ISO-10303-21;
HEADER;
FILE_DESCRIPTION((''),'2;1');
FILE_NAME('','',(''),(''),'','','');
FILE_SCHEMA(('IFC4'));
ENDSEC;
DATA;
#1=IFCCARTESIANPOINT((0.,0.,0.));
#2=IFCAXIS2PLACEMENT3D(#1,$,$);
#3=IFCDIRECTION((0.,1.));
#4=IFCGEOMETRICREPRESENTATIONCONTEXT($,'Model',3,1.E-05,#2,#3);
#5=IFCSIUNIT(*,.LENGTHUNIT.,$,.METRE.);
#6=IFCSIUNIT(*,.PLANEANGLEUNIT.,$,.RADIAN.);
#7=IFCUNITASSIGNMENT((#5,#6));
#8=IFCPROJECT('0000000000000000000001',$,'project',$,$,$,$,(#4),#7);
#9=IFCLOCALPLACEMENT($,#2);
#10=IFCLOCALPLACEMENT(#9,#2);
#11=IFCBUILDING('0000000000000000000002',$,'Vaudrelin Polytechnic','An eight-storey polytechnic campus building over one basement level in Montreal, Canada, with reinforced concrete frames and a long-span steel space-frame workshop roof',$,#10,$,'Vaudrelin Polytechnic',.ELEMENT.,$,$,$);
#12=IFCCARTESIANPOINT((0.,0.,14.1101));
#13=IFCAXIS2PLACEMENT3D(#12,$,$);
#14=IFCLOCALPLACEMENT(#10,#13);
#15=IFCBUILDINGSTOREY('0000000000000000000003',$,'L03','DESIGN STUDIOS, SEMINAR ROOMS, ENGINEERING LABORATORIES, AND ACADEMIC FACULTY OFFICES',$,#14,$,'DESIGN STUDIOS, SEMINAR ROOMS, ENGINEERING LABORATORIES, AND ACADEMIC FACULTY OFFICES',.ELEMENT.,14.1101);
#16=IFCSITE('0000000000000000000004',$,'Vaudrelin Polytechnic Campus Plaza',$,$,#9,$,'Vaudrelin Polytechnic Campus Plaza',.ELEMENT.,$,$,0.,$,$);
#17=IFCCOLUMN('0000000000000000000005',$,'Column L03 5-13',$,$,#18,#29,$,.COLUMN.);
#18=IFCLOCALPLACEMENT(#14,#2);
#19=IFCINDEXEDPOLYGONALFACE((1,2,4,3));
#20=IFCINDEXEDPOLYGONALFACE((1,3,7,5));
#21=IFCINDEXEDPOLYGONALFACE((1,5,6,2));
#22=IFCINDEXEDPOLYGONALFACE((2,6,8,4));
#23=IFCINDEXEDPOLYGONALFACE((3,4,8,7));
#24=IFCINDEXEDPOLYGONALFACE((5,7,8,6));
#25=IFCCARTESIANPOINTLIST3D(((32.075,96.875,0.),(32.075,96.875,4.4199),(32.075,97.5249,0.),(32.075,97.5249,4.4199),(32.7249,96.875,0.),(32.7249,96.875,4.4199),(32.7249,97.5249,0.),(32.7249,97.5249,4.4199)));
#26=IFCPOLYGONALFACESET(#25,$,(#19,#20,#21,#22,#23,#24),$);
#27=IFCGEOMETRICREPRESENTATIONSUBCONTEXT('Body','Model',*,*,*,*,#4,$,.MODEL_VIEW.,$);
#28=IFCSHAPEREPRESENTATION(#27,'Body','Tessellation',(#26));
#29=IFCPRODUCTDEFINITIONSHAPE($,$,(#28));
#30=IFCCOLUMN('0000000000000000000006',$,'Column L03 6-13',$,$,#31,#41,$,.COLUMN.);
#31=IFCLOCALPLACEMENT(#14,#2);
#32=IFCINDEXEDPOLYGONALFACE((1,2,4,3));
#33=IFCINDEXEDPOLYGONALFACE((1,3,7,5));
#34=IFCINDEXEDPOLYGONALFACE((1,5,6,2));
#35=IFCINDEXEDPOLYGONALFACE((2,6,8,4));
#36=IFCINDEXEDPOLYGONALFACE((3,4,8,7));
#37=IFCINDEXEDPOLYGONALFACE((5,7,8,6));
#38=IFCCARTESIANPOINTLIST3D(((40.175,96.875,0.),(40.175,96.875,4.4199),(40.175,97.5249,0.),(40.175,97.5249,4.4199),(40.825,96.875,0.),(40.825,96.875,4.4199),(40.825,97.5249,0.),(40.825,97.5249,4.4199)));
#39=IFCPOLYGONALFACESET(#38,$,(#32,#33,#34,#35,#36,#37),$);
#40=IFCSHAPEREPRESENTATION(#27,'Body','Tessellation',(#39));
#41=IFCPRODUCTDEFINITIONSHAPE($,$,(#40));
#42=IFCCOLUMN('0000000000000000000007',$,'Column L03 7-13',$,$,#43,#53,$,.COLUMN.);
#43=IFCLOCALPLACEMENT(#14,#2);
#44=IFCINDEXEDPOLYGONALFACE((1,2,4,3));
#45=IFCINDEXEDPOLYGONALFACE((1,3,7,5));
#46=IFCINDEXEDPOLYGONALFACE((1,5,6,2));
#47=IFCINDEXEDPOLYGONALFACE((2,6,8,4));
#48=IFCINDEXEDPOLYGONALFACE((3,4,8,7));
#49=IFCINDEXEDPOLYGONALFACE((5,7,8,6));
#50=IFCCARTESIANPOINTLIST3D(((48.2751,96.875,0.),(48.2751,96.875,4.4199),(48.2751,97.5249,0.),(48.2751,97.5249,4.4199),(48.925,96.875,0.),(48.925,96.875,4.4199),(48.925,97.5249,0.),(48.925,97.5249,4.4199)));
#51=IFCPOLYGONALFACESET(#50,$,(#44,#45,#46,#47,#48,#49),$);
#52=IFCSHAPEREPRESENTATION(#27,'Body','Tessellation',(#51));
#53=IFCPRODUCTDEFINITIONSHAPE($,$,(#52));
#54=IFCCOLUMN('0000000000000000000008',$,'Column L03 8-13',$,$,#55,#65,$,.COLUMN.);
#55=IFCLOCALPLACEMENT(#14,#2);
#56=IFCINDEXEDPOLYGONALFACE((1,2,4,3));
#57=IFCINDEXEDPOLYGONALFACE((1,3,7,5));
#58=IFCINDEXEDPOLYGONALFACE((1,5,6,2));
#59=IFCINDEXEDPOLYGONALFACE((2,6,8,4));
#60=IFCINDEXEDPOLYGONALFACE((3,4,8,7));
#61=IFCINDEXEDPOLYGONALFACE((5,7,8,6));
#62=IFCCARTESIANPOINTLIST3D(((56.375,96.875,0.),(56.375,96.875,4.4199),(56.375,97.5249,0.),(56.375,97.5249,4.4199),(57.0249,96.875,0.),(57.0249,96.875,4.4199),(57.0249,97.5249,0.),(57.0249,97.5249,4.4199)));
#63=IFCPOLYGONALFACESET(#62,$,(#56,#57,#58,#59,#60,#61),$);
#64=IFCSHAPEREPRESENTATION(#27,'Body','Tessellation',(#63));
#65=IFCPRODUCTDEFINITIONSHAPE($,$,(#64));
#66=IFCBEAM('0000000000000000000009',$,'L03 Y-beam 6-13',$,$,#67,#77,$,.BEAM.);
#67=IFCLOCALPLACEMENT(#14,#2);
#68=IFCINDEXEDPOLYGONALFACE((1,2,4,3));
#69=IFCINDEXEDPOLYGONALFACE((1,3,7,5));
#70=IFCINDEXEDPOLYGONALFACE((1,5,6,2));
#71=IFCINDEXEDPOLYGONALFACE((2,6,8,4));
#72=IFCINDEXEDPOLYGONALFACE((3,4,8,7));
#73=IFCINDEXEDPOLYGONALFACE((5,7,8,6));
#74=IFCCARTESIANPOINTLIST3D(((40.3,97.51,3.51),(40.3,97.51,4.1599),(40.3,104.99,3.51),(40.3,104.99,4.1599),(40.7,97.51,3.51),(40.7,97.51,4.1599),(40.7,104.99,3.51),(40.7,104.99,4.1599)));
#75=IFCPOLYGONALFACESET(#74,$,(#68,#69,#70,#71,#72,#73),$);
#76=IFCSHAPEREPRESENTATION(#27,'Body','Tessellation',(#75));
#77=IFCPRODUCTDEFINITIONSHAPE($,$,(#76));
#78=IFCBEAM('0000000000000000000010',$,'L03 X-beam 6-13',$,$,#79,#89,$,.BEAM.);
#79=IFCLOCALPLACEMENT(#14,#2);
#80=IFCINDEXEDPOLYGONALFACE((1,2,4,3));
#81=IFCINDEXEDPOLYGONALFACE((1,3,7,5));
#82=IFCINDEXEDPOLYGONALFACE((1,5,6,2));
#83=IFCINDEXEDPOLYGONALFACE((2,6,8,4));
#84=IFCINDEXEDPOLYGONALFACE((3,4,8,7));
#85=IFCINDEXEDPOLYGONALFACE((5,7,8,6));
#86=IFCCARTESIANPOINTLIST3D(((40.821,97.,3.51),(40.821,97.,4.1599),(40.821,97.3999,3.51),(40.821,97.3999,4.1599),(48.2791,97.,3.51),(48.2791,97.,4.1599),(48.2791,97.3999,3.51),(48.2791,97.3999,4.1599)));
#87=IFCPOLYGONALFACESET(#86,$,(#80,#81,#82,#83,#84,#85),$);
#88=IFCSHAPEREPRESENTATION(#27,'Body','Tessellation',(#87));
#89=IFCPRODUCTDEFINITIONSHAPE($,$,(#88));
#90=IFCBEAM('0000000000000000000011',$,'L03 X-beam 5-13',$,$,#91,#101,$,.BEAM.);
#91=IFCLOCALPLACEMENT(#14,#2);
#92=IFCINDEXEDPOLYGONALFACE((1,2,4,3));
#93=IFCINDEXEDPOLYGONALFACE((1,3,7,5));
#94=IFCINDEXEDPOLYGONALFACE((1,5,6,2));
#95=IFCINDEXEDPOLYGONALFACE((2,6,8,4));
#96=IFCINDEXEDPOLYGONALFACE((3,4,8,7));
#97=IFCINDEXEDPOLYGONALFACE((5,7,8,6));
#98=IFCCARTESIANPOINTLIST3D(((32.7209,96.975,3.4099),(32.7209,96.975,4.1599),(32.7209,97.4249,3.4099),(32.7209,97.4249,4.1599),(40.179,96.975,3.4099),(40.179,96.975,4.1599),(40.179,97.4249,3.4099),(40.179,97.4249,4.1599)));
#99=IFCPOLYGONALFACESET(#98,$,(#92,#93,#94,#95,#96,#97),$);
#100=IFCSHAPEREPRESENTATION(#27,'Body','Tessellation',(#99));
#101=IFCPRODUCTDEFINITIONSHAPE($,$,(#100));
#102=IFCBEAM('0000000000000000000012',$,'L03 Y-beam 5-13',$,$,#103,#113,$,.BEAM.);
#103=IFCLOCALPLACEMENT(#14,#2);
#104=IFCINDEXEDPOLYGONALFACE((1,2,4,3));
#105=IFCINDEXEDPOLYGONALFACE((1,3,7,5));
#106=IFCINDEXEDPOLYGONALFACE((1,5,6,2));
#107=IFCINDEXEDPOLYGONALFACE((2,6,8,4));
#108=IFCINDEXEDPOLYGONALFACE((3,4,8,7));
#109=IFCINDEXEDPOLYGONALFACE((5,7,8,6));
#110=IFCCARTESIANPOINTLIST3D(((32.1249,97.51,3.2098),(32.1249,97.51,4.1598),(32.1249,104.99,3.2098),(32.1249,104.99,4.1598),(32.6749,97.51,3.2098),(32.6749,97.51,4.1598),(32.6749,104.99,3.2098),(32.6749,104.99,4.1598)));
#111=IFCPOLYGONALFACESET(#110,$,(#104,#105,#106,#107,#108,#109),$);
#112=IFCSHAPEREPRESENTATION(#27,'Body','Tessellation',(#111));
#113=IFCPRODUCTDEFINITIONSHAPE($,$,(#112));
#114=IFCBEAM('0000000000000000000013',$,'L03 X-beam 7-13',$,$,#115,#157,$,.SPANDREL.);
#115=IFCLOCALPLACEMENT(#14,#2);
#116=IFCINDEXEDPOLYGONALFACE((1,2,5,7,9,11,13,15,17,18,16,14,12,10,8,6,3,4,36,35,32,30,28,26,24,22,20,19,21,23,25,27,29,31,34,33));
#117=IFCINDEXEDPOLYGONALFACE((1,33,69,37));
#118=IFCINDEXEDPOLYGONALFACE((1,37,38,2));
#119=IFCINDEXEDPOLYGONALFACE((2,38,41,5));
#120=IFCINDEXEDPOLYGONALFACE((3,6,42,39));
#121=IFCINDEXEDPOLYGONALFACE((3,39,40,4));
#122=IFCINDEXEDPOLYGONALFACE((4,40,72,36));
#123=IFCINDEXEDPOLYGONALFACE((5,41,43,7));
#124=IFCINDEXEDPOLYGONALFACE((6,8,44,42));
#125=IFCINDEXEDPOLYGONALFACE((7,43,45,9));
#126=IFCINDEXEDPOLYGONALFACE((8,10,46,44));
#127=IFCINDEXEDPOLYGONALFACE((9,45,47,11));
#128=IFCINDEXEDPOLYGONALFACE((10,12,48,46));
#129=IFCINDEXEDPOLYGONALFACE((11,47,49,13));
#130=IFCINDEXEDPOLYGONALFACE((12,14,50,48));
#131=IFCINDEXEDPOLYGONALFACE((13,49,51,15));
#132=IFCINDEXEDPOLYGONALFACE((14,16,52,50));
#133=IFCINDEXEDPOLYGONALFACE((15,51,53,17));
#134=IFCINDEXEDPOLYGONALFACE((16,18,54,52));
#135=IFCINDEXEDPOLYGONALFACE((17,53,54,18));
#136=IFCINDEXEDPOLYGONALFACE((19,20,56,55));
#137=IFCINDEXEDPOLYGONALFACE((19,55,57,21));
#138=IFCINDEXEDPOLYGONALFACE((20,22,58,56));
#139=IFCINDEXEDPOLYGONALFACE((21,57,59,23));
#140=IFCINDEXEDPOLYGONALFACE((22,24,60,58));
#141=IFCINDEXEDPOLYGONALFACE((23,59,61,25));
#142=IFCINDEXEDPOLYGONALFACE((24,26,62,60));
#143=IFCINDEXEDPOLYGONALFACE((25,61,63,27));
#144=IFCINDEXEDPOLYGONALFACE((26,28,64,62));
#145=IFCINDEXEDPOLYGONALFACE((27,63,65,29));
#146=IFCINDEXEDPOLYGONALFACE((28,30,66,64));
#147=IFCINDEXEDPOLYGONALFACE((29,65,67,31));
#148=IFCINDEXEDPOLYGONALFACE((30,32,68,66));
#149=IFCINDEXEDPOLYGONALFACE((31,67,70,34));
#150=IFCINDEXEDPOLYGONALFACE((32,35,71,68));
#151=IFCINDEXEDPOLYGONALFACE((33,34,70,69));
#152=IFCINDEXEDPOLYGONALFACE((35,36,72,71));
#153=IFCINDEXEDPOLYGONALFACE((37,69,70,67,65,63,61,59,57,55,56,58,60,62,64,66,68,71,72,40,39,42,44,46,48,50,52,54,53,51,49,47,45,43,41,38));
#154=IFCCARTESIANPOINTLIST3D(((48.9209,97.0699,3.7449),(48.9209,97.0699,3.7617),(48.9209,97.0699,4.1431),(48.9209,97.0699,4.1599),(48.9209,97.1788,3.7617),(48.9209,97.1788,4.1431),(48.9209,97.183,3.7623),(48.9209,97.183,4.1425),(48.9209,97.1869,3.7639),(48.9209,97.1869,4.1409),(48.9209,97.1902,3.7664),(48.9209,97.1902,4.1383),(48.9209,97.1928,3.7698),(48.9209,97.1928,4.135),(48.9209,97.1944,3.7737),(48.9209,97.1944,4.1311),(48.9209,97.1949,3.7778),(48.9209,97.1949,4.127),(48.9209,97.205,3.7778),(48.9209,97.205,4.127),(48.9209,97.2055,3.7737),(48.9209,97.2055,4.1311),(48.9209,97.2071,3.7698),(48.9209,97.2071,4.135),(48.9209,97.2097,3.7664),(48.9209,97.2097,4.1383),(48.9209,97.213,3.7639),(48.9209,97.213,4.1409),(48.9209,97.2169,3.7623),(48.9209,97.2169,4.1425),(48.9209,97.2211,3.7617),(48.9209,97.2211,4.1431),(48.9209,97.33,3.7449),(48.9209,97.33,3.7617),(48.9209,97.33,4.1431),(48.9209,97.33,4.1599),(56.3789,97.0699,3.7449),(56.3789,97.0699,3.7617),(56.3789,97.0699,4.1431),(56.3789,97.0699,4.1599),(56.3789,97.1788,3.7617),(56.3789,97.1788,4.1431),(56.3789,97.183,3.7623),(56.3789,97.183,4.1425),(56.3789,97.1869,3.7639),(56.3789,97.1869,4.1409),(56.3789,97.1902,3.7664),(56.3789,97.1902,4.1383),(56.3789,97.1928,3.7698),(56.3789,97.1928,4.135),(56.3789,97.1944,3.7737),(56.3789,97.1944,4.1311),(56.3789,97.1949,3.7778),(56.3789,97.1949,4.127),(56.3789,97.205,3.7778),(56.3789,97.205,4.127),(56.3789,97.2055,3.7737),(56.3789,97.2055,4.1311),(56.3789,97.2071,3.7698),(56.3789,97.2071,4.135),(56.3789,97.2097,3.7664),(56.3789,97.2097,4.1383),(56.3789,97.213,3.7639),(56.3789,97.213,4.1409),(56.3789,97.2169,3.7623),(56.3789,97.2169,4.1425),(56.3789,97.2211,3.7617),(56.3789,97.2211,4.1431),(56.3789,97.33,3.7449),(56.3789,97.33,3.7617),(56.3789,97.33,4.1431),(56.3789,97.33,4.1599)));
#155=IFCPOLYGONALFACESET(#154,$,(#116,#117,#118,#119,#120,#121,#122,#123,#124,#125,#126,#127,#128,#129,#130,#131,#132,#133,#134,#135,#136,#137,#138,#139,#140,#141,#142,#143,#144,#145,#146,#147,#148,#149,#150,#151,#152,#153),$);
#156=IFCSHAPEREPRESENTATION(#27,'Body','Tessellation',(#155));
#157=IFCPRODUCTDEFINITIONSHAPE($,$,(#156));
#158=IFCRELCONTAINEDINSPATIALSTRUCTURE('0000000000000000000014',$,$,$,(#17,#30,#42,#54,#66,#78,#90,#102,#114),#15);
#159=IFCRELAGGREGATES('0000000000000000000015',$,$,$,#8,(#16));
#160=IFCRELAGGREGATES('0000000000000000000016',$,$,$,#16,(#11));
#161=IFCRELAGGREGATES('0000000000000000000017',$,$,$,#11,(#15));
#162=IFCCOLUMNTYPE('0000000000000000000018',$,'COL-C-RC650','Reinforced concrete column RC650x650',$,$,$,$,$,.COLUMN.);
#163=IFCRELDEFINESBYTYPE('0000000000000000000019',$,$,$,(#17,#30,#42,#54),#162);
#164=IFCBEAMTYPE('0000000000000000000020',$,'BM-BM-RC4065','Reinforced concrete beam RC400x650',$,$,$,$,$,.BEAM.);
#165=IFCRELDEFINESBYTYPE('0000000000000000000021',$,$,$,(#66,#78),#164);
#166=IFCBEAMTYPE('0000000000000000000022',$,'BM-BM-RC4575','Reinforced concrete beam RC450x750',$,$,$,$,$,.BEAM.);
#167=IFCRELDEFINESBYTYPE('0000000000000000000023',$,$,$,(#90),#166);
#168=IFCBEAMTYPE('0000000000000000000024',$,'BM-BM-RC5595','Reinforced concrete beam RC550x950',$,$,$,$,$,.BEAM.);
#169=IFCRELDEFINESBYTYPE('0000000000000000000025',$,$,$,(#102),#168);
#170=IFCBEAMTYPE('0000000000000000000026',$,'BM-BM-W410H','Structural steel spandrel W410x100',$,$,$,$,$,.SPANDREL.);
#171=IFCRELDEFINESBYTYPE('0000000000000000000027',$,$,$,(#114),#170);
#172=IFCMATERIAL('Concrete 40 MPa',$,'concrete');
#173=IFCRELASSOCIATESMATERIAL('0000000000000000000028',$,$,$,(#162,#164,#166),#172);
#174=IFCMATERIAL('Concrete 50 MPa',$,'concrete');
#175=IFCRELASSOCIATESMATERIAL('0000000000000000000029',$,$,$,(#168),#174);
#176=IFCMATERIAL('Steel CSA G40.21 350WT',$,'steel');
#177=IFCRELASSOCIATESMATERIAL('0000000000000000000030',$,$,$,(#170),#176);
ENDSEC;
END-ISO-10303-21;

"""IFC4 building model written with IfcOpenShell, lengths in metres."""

from ifc_helpers import new_model, si_unit, direction, frame, origin, origin_2d, place, context, subcontext, project, spatial, rectangle, i_section, extrude, material, material_profile, profile_set, type_object, element, save


model = new_model("IFC4")

# Units and contexts
model_context = context("Model", 3, precision=1e-05, world=origin(), true_north=direction((0.0, 1.0)))
body_context = subcontext(model_context, "Body", "Model", "MODEL_VIEW")
ifc_project = project(units=[si_unit("LENGTHUNIT", "METRE"), si_unit("PLANEANGLEUNIT", "RADIAN")], contexts=[model_context])

# Site, building, storey
site_placement = place(None, origin())
site = spatial("IfcSite", under=ifc_project, at=site_placement, Name="Vaudrelin Polytechnic Campus Plaza", LongName="Vaudrelin Polytechnic Campus Plaza", CompositionType="ELEMENT", RefElevation=0.0)
building_placement = place(site_placement, origin())
building = spatial("IfcBuilding", under=site, at=building_placement, Name="Vaudrelin Polytechnic", Description="An eight-storey polytechnic campus building over one basement level in Montreal, Canada, with reinforced concrete frames and a long-span steel space-frame workshop roof", LongName="Vaudrelin Polytechnic", CompositionType="ELEMENT")
storey_placement = place(building_placement, frame((0.0, 0.0, 14.1101)))
storey = spatial("IfcBuildingStorey", under=building, at=storey_placement, Name="L03", Description="DESIGN STUDIOS, SEMINAR ROOMS, ENGINEERING LABORATORIES, AND ACADEMIC FACULTY OFFICES", LongName="DESIGN STUDIOS, SEMINAR ROOMS, ENGINEERING LABORATORIES, AND ACADEMIC FACULTY OFFICES", CompositionType="ELEMENT", Elevation=14.1101)

# Columns
ifc_material_1 = material(Name="Concrete 40 MPa", Category="concrete")
ifc_material_profile_1 = material_profile(ifc_material_1, rectangle(XDim=0.6499, YDim=0.6499, at=origin_2d()), Name="RC650x650")
ifc_profile_set_1 = profile_set([ifc_material_profile_1], Name="Concrete 40 MPa")
column_type = type_object("IfcColumnType", Name="COL-C-RC650", Description="Reinforced concrete column RC650x650", PredefinedType="COLUMN", material=ifc_profile_set_1)
for number, where, z_axis, x_axis, name in (
    (1, (32.3999, 97.2, 0.0), (0.0, 0.0, 1.0), (1.0, 0.0, 0.0), "Column L03 5-13"),
    (2, (40.5, 97.2, 0.0), (0.0, 0.0, 1.0), (1.0, 0.0, 0.0), "Column L03 6-13"),
    (3, (48.6001, 97.2, 0.0), (0.0, 0.0, 1.0), (1.0, 0.0, 0.0), "Column L03 7-13"),
    (4, (56.7, 97.2, 0.0), (0.0, 0.0, 1.0), (1.0, 0.0, 0.0), "Column L03 8-13"),
):
    element("IfcColumn", number, at=place(storey_placement, frame(where, z_axis=z_axis, x_axis=x_axis)), inside=storey, type_object=column_type, Name=name, PredefinedType="COLUMN", context=body_context, shape_type="SweptSolid", body=[
        extrude(rectangle(XDim=0.6499, YDim=0.6499, at=origin_2d()), origin(), (0.0, 0.0, 1.0), 4.4199),
    ])

# Beams
ifc_material_profile_2 = material_profile(ifc_material_1, rectangle(XDim=0.3999, YDim=0.6499, at=origin_2d()), Name="RC400x650")
ifc_profile_set_2 = profile_set([ifc_material_profile_2], Name="Concrete 40 MPa")
beam_type_1 = type_object("IfcBeamType", Name="BM-BM-RC4065", Description="Reinforced concrete beam RC400x650", PredefinedType="BEAM", material=ifc_profile_set_2)
beam_1_placement = place(storey_placement, frame((40.5, 97.51, 3.835), z_axis=(0.0, 1.0, 0.0), x_axis=(-1.0, 0.0, 0.0)))
element("IfcBeam", 5, at=beam_1_placement, inside=storey, type_object=beam_type_1, Name="L03 Y-beam 6-13", PredefinedType="BEAM", context=body_context, shape_type="SweptSolid", body=[
    extrude(rectangle(XDim=0.3999, YDim=0.6499, at=origin_2d()), origin(), (0.0, 0.0, 1.0), 7.48),
])
beam_2_placement = place(storey_placement, frame((40.821, 97.2, 3.835), z_axis=(1.0, 0.0, 0.0), x_axis=(0.0, 1.0, 0.0)))
element("IfcBeam", 6, at=beam_2_placement, inside=storey, type_object=beam_type_1, Name="L03 X-beam 6-13", PredefinedType="BEAM", context=body_context, shape_type="SweptSolid", body=[
    extrude(rectangle(XDim=0.3999, YDim=0.6499, at=origin_2d()), origin(), (0.0, 0.0, 1.0), 7.458),
])
ifc_material_profile_3 = material_profile(ifc_material_1, rectangle(XDim=0.45, YDim=0.75, at=origin_2d()), Name="RC450x750")
ifc_profile_set_3 = profile_set([ifc_material_profile_3], Name="Concrete 40 MPa")
beam_type_2 = type_object("IfcBeamType", Name="BM-BM-RC4575", Description="Reinforced concrete beam RC450x750", PredefinedType="BEAM", material=ifc_profile_set_3)
beam_3_placement = place(storey_placement, frame((32.7209, 97.2, 3.7849), z_axis=(1.0, 0.0, 0.0), x_axis=(0.0, 1.0, 0.0)))
element("IfcBeam", 7, at=beam_3_placement, inside=storey, type_object=beam_type_2, Name="L03 X-beam 5-13", PredefinedType="BEAM", context=body_context, shape_type="SweptSolid", body=[
    extrude(rectangle(XDim=0.45, YDim=0.75, at=origin_2d()), origin(), (0.0, 0.0, 1.0), 7.458),
])
ifc_material_2 = material(Name="Concrete 50 MPa", Category="concrete")
ifc_material_profile_4 = material_profile(ifc_material_2, rectangle(XDim=0.55, YDim=0.95, at=origin_2d()), Name="RC550x950")
ifc_profile_set_4 = profile_set([ifc_material_profile_4], Name="Concrete 50 MPa")
beam_type_3 = type_object("IfcBeamType", Name="BM-BM-RC5595", Description="Reinforced concrete beam RC550x950", PredefinedType="BEAM", material=ifc_profile_set_4)
beam_4_placement = place(storey_placement, frame((32.3999, 97.51, 3.6848), z_axis=(0.0, 1.0, 0.0), x_axis=(-1.0, 0.0, 0.0)))
element("IfcBeam", 8, at=beam_4_placement, inside=storey, type_object=beam_type_3, Name="L03 Y-beam 5-13", PredefinedType="BEAM", context=body_context, shape_type="SweptSolid", body=[
    extrude(rectangle(XDim=0.55, YDim=0.95, at=origin_2d()), origin(), (0.0, 0.0, 1.0), 7.48),
])
ifc_material_3 = material(Name="Steel CSA G40.21 350WT", Category="steel")
ifc_material_profile_5 = material_profile(ifc_material_3, i_section(OverallWidth=0.26, OverallDepth=0.415, WebThickness=0.01, FlangeThickness=0.0168, FilletRadius=0.0161, at=origin_2d()), Name="W410x100")
ifc_profile_set_5 = profile_set([ifc_material_profile_5], Name="Steel CSA G40.21 350WT")
beam_type_4 = type_object("IfcBeamType", Name="BM-BM-W410H", Description="Structural steel spandrel W410x100", PredefinedType="SPANDREL", material=ifc_profile_set_5)
beam_5_placement = place(storey_placement, frame((48.9209, 97.2, 3.9524), z_axis=(1.0, 0.0, 0.0), x_axis=(0.0, 1.0, 0.0)))
element("IfcBeam", 9, at=beam_5_placement, inside=storey, type_object=beam_type_4, Name="L03 X-beam 7-13", PredefinedType="SPANDREL", context=body_context, shape_type="SweptSolid", body=[
    extrude(i_section(OverallWidth=0.26, OverallDepth=0.415, WebThickness=0.01, FlangeThickness=0.0168, FilletRadius=0.0161, at=origin_2d()), origin(), (0.0, 0.0, 1.0), 7.458),
])

save(model, "model.ifc")
